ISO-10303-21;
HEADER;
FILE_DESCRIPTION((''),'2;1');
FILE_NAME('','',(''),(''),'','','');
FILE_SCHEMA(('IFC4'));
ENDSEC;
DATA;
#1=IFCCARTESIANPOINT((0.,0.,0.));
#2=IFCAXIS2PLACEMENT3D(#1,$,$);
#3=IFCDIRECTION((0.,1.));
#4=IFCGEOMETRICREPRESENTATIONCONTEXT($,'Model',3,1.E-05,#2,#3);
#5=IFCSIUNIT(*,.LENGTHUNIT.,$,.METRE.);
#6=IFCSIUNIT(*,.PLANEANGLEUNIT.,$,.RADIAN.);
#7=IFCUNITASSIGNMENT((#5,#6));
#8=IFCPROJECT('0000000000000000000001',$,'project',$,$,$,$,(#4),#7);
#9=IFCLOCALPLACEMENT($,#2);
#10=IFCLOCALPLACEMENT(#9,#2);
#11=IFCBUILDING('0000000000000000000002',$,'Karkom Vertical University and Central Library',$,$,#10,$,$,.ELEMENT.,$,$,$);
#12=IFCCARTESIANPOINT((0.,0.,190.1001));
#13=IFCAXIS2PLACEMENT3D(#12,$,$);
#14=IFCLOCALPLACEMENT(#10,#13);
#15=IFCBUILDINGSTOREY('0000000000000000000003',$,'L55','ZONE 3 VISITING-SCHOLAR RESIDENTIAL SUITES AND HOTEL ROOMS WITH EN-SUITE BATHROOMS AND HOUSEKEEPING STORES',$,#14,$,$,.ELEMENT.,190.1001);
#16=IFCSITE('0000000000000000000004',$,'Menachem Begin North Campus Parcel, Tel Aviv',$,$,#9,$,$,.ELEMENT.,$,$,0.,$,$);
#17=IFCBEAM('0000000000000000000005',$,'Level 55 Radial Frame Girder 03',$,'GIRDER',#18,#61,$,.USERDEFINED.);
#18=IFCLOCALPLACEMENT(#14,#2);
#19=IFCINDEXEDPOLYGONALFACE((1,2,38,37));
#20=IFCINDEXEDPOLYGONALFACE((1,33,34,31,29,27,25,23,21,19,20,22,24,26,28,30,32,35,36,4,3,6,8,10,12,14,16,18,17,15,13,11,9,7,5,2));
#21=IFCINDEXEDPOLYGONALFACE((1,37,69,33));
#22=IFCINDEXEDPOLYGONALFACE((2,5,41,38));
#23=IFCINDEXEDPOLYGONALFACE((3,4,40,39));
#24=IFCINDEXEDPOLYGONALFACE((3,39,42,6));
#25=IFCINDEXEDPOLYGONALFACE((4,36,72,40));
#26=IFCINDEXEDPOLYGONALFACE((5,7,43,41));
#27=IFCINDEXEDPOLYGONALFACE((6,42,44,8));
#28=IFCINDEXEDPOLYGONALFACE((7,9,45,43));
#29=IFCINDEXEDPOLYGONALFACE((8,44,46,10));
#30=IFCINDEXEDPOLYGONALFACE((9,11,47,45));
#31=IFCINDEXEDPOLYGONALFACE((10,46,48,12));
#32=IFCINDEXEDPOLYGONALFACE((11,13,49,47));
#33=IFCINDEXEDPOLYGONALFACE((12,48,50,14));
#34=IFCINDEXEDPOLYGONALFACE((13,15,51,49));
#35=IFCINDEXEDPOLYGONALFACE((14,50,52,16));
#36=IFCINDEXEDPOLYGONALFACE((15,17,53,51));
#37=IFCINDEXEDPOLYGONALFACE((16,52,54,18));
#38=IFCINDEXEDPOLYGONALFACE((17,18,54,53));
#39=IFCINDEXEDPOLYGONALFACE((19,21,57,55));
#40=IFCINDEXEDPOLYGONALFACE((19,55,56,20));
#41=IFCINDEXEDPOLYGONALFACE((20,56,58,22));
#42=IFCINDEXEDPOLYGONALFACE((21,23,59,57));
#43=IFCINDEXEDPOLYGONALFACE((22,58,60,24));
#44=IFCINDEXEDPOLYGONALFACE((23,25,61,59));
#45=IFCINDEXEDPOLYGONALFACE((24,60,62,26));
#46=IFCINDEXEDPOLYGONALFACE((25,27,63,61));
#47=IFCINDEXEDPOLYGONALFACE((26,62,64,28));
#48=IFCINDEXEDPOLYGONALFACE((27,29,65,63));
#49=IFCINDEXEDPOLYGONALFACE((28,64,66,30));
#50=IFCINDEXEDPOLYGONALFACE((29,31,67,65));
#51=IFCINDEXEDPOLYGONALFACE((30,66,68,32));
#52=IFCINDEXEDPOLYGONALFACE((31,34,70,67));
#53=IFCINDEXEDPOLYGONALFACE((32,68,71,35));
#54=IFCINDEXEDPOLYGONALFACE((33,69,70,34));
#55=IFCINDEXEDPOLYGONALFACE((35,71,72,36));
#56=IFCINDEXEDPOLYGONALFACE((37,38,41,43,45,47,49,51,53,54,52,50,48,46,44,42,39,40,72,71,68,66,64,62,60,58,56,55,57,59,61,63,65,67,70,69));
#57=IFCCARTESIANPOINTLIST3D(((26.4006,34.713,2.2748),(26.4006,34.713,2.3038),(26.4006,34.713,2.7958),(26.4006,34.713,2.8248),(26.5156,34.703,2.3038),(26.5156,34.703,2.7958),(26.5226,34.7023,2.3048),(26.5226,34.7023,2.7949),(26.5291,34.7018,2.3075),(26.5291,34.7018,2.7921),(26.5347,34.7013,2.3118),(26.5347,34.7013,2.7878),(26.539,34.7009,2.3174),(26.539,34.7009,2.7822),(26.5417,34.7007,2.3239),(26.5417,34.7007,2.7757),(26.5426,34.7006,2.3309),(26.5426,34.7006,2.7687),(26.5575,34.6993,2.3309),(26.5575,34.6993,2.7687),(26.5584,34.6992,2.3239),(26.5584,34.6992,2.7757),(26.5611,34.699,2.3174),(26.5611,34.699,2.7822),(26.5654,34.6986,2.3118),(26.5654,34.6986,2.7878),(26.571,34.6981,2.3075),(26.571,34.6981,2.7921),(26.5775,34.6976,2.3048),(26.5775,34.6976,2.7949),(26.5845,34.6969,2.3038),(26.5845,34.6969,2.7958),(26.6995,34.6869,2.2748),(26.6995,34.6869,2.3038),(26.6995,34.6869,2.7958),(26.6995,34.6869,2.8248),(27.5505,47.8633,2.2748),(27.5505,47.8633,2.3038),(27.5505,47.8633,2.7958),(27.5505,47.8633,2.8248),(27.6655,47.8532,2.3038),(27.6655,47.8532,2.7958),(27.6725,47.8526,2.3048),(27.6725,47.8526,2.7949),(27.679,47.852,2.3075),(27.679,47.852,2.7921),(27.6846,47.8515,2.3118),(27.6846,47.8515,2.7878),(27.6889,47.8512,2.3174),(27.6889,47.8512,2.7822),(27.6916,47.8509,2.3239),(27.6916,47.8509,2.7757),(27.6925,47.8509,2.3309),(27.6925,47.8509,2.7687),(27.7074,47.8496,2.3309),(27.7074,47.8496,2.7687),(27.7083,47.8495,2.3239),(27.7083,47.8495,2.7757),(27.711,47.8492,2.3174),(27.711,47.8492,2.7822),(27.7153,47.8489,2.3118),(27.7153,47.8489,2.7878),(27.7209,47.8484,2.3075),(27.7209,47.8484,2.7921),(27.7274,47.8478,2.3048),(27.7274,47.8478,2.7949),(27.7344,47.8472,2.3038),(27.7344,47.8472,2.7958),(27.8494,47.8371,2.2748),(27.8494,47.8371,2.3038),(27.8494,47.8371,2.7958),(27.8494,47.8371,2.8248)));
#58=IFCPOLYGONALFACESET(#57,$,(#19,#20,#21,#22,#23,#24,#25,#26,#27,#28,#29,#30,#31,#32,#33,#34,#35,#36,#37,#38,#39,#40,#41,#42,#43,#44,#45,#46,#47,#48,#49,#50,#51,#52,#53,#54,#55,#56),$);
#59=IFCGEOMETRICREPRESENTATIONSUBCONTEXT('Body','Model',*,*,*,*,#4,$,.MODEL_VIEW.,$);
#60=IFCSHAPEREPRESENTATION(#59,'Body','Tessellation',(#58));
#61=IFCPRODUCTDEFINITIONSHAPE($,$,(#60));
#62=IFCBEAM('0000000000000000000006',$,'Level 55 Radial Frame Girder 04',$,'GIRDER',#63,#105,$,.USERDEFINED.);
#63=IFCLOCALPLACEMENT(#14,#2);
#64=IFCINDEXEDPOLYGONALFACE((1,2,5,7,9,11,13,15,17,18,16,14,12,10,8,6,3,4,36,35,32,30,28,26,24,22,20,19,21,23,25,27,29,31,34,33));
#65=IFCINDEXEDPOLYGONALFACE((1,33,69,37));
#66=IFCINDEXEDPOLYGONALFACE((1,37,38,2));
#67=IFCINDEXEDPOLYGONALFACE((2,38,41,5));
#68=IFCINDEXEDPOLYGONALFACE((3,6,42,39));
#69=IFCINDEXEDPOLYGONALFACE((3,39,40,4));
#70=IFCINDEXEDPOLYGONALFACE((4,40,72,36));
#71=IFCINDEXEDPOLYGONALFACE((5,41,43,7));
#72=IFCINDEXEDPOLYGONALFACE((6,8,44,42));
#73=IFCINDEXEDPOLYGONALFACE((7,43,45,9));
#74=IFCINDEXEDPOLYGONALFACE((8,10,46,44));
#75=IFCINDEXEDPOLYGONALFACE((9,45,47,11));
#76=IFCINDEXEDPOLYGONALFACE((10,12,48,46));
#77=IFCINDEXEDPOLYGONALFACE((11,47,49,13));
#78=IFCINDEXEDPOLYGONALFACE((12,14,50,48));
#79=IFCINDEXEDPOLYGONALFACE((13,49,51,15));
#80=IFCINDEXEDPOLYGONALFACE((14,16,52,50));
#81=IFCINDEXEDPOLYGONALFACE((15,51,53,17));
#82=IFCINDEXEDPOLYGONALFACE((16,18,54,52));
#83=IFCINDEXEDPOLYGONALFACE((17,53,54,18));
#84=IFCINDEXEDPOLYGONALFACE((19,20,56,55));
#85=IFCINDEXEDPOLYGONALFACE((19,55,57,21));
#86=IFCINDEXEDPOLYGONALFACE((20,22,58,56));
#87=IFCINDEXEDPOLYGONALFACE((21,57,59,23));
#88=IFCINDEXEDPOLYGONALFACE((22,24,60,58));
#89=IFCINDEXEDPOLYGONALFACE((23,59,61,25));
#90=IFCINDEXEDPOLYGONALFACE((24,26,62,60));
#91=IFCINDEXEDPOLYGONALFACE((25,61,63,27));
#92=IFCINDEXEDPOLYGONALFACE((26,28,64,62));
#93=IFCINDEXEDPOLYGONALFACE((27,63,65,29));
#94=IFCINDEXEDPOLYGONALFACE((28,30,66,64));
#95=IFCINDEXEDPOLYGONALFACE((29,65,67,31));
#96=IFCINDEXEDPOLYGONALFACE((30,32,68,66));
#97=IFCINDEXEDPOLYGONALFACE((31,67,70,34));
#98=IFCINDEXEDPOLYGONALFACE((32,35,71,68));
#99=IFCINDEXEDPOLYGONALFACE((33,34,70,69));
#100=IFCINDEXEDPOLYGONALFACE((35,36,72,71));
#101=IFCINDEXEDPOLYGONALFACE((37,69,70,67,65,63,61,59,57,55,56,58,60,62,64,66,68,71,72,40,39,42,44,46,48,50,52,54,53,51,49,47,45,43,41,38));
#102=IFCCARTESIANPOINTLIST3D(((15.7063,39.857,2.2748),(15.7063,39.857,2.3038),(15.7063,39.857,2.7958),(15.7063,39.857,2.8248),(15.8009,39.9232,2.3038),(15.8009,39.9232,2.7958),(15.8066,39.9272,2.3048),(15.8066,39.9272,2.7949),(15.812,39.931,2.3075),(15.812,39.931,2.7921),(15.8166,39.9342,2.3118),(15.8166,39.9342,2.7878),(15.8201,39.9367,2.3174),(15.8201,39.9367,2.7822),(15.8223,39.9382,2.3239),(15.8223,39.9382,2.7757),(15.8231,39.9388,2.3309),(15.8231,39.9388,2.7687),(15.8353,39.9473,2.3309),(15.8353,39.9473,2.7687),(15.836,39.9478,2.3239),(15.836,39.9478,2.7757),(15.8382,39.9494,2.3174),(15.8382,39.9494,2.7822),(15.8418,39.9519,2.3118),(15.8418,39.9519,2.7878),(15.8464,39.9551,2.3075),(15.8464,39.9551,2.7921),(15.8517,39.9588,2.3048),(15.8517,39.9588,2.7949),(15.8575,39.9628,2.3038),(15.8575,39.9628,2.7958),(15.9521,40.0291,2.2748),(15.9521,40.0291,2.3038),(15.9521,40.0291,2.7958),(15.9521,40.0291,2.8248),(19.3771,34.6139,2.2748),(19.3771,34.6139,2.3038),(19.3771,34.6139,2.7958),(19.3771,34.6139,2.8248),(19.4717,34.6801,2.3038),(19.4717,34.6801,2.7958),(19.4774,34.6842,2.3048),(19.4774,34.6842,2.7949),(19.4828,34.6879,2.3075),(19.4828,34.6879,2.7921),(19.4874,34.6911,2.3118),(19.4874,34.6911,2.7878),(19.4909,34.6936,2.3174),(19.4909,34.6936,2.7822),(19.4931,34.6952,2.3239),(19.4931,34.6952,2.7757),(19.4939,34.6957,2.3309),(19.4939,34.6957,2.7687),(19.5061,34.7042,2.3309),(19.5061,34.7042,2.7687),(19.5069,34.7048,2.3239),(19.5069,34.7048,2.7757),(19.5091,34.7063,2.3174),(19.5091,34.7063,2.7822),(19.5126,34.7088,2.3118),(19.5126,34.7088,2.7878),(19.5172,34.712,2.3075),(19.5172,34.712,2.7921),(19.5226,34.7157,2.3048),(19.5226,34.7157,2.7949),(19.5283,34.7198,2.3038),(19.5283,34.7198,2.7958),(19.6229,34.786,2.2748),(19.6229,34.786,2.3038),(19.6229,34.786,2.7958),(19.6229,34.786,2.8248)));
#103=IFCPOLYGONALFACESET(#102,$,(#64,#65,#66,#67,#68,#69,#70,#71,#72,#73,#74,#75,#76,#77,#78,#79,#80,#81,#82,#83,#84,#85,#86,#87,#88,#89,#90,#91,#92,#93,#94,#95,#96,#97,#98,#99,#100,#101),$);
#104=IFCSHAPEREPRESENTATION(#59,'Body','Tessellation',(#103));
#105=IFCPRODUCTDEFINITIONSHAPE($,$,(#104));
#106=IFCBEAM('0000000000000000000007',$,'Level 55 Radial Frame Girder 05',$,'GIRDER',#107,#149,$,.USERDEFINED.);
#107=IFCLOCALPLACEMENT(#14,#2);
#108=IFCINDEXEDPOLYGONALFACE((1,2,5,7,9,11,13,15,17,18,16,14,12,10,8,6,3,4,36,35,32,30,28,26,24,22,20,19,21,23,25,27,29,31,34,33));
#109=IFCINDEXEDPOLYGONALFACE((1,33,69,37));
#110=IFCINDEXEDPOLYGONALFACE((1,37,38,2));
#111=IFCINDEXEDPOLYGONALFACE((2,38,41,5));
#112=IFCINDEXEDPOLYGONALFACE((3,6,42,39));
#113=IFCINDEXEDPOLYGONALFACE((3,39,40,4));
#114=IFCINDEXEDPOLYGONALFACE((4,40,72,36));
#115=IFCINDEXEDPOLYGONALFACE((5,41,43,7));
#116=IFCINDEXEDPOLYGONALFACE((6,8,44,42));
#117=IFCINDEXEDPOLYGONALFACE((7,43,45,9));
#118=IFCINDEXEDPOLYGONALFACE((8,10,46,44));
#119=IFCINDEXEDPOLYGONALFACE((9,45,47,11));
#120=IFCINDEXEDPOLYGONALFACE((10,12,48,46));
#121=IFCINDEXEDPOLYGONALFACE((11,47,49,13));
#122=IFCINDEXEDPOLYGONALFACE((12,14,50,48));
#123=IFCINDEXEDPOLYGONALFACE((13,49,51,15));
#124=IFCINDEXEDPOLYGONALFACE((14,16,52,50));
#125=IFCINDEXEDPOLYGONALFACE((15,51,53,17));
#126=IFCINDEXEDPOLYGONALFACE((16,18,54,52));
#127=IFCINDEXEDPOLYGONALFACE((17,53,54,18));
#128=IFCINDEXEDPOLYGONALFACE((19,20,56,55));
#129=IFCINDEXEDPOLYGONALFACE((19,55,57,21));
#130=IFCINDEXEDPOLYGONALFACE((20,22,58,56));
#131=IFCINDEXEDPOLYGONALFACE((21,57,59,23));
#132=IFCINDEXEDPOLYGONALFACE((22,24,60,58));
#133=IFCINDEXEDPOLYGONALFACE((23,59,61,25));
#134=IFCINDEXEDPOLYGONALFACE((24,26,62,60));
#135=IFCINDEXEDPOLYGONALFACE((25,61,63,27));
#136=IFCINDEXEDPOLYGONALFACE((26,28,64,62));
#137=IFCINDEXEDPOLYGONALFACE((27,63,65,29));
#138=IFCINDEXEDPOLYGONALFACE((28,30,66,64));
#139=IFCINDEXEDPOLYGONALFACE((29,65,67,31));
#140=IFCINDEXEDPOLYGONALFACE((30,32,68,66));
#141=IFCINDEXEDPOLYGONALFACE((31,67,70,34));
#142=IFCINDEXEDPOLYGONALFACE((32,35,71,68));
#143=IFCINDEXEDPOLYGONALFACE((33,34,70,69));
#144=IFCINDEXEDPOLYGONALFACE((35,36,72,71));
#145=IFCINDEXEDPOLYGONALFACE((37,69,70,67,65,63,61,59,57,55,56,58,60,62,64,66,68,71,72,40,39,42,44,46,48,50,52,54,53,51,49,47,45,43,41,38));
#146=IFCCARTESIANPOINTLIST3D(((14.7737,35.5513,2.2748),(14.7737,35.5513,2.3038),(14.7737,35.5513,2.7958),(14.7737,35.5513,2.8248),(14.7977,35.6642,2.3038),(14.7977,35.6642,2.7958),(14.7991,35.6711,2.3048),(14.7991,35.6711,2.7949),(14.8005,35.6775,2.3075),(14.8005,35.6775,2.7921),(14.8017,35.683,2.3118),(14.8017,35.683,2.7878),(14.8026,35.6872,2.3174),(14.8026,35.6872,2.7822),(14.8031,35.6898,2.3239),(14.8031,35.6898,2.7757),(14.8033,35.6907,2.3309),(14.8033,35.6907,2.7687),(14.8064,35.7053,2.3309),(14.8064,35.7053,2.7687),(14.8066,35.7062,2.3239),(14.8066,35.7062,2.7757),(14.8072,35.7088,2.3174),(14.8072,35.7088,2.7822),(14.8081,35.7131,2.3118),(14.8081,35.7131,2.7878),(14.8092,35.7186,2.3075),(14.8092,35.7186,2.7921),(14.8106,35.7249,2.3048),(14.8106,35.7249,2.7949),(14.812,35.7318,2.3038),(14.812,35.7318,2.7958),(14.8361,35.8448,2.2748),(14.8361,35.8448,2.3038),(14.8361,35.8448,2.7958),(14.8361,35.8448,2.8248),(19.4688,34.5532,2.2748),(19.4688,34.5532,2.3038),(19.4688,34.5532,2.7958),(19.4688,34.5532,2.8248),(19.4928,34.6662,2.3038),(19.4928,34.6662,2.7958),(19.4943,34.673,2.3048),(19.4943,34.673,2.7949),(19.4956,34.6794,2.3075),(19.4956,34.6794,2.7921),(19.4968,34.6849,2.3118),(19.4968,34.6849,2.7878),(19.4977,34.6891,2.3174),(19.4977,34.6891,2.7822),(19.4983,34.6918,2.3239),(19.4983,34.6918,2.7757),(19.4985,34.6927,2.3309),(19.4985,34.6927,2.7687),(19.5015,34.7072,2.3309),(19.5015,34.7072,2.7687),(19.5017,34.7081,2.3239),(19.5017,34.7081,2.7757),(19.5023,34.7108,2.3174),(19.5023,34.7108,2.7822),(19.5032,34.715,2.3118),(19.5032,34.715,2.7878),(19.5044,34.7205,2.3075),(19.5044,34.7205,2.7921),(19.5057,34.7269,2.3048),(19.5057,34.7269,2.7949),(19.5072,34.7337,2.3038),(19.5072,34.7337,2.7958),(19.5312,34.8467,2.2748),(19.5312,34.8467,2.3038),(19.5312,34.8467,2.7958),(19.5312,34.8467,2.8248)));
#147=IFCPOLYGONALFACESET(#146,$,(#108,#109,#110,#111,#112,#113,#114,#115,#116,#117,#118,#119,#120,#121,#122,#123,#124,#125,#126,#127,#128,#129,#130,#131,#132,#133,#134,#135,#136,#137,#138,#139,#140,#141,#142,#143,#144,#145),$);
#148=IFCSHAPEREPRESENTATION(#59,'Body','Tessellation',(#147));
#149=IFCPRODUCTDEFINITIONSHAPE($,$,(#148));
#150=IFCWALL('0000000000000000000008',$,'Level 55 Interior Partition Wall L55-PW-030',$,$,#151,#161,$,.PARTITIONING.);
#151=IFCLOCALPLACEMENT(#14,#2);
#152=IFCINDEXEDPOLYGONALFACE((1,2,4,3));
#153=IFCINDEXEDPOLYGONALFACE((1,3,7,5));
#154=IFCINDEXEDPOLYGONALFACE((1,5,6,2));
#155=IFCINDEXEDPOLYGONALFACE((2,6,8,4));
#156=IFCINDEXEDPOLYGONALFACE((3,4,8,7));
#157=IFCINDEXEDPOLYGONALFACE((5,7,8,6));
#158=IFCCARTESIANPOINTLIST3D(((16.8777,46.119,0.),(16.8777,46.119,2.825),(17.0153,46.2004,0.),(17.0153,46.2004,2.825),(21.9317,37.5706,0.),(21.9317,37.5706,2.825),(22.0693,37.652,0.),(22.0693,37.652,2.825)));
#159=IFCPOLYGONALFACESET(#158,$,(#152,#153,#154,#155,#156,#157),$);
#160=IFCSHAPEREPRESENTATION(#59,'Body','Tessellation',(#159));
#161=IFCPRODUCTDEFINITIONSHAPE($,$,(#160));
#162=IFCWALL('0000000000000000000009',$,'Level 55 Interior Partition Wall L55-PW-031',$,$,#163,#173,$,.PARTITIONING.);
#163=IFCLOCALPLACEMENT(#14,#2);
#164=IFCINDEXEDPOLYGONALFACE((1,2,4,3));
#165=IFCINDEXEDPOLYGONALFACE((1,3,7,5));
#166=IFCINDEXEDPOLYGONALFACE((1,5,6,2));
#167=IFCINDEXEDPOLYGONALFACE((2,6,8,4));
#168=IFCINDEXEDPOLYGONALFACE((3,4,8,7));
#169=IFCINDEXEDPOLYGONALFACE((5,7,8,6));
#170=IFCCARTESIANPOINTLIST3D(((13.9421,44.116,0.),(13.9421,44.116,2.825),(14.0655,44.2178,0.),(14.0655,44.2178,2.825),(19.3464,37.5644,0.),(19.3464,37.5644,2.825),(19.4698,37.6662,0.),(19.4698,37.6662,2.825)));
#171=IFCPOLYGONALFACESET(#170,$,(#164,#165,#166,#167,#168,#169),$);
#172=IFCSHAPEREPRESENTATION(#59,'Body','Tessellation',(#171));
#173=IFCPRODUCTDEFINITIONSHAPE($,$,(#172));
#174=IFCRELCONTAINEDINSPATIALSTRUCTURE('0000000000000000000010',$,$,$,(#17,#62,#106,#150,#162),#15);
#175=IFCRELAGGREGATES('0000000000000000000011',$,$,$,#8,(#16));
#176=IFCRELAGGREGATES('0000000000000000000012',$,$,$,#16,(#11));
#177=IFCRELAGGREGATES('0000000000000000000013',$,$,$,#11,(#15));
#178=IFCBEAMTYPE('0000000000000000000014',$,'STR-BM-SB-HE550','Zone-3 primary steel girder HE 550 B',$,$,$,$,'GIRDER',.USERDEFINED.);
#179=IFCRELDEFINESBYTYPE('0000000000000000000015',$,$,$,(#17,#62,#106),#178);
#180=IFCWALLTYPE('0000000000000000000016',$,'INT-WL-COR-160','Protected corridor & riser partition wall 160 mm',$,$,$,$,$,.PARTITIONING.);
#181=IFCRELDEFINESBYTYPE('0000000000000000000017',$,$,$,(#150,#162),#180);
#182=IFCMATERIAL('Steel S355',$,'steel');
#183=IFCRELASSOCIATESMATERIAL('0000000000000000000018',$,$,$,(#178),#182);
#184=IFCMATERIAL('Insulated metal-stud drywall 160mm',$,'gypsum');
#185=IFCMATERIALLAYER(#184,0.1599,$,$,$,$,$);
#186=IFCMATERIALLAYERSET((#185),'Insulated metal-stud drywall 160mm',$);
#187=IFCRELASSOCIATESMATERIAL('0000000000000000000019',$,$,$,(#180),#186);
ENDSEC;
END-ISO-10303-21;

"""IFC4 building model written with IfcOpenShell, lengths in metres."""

from ifc_helpers import new_model, si_unit, direction, frame, frame_2d, origin, origin_with_axes, origin_2d, place, context, subcontext, project, spatial, rectangle, i_section, extrude, source, transform, mapped, material, layer, layer_set, material_profile, profile_set, type_object, element, save


model = new_model("IFC4")

# Units and contexts
model_context = context("Model", 3, precision=1e-05, world=origin(), true_north=direction((0.0, 1.0)))
body_context = subcontext(model_context, "Body", "Model", "MODEL_VIEW")
ifc_project = project(units=[si_unit("LENGTHUNIT", "METRE"), si_unit("PLANEANGLEUNIT", "RADIAN")], contexts=[model_context])

# Site, building, storey
site_placement = place(None, origin())
site = spatial("IfcSite", under=ifc_project, at=site_placement, Name="Menachem Begin North Campus Parcel, Tel Aviv", CompositionType="ELEMENT", RefElevation=0.0)
building_placement = place(site_placement, origin())
building = spatial("IfcBuilding", under=site, at=building_placement, Name="Karkom Vertical University and Central Library", CompositionType="ELEMENT")
storey_placement = place(building_placement, frame((0.0, 0.0, 190.1001)))
storey = spatial("IfcBuildingStorey", under=building, at=storey_placement, Name="L55", Description="ZONE 3 VISITING-SCHOLAR RESIDENTIAL SUITES AND HOTEL ROOMS WITH EN-SUITE BATHROOMS AND HOUSEKEEPING STORES", CompositionType="ELEMENT", Elevation=190.1001)

# Beams
ifc_material_1 = material(Name="Steel S355", Category="steel")
ifc_material_profile_1 = material_profile(ifc_material_1, i_section(OverallWidth=0.3, OverallDepth=0.55, WebThickness=0.0149, FlangeThickness=0.0291, FilletRadius=0.0271, at=origin_2d()), Name="HE 550 B")
ifc_profile_set_1 = profile_set([ifc_material_profile_1], Name="Steel S355")
beam_type_1 = type_object("IfcBeamType", Name="STR-BM-SB-HE550", Description="Zone-3 primary steel girder HE 550 B", ElementType="GIRDER", PredefinedType="USERDEFINED", material=ifc_profile_set_1)
shared_shape_1 = source(origin_with_axes(), body_context, "Body", "SweptSolid", [
    extrude(i_section(OverallWidth=0.3, OverallDepth=0.55, WebThickness=0.0149, FlangeThickness=0.0291, FilletRadius=0.0271, at=origin_2d()), origin(), (0.0, 0.0, 1.0), 13.2004),
])
beam_1_placement = place(storey_placement, frame((26.55, 34.7, 2.5498), z_axis=(0.087112, 0.996199, 0.0), x_axis=(-0.996199, 0.087112, 0.0)))
element("IfcBeam", 1, at=beam_1_placement, inside=storey, type_object=beam_type_1, Name="Level 55 Radial Frame Girder 03", ObjectType="GIRDER", PredefinedType="USERDEFINED", context=body_context, shape_type="MappedRepresentation", body=[
    mapped(shared_shape_1, transform((0.0, 0.0, 0.0), scale=1.0)),
])
shared_shape_2 = source(origin_with_axes(), body_context, "Body", "SweptSolid", [
    extrude(i_section(OverallWidth=0.3, OverallDepth=0.55, WebThickness=0.0149, FlangeThickness=0.0291, FilletRadius=0.0271, at=origin_2d()), origin(), (0.0, 0.0, 1.0), 6.4004),
])
beam_2_placement = place(storey_placement, frame((19.5, 34.7, 2.5498), z_axis=(-0.573534, 0.819182, 0.0), x_axis=(-0.819182, -0.573534, 0.0)))
element("IfcBeam", 2, at=beam_2_placement, inside=storey, type_object=beam_type_1, Name="Level 55 Radial Frame Girder 04", ObjectType="GIRDER", PredefinedType="USERDEFINED", context=body_context, shape_type="MappedRepresentation", body=[
    mapped(shared_shape_2, transform((0.0, 0.0, 0.0), scale=1.0)),
])
shared_shape_3 = source(origin_with_axes(), body_context, "Body", "SweptSolid", [
    extrude(i_section(OverallWidth=0.3, OverallDepth=0.55, WebThickness=0.0149, FlangeThickness=0.0291, FilletRadius=0.0271, at=origin_2d()), origin(), (0.0, 0.0, 1.0), 4.8),
])
beam_3_placement = place(storey_placement, frame((19.5, 34.7, 2.5498), z_axis=(-0.978144, 0.207927, 0.0), x_axis=(-0.207927, -0.978144, 0.0)))
element("IfcBeam", 3, at=beam_3_placement, inside=storey, type_object=beam_type_1, Name="Level 55 Radial Frame Girder 05", ObjectType="GIRDER", PredefinedType="USERDEFINED", context=body_context, shape_type="MappedRepresentation", body=[
    mapped(shared_shape_3, transform((0.0, 0.0, 0.0), scale=1.0)),
])

# Walls
ifc_material_2 = material(Name="Insulated metal-stud drywall 160mm", Category="gypsum")
ifc_layer_1 = layer(ifc_material_2, 0.1599)
ifc_layer_set_1 = layer_set([ifc_layer_1], Name="Insulated metal-stud drywall 160mm")
wall_type_1 = type_object("IfcWallType", Name="INT-WL-COR-160", Description="Protected corridor & riser partition wall 160 mm", PredefinedType="PARTITIONING", material=ifc_layer_set_1)
wall_1_placement = place(storey_placement, frame((22.0005, 37.6113, 0.0), z_axis=(0.0, 0.0, 1.0), x_axis=(-0.508928, 0.860809, 0.0)))
element("IfcWall", 4, at=wall_1_placement, inside=storey, type_object=wall_type_1, Name="Level 55 Interior Partition Wall L55-PW-030", PredefinedType="PARTITIONING", context=body_context, shape_type="SweptSolid", body=[
    extrude(rectangle(XDim=9.9307, YDim=0.1599, at=frame_2d((4.9653, 0.0))), origin(), (0.0, 0.0, 1.0), 2.825),
])
wall_2_placement = place(storey_placement, frame((19.4082, 37.6152, 0.0), z_axis=(0.0, 0.0, 1.0), x_axis=(-0.636334, 0.771414, 0.0)))
element("IfcWall", 5, at=wall_2_placement, inside=storey, type_object=wall_type_1, Name="Level 55 Interior Partition Wall L55-PW-031", PredefinedType="PARTITIONING", context=body_context, shape_type="SweptSolid", body=[
    extrude(rectangle(XDim=8.4929, YDim=0.1599, at=frame_2d((4.2466, 0.0))), origin(), (0.0, 0.0, 1.0), 2.825),
])

save(model, "model.ifc")
